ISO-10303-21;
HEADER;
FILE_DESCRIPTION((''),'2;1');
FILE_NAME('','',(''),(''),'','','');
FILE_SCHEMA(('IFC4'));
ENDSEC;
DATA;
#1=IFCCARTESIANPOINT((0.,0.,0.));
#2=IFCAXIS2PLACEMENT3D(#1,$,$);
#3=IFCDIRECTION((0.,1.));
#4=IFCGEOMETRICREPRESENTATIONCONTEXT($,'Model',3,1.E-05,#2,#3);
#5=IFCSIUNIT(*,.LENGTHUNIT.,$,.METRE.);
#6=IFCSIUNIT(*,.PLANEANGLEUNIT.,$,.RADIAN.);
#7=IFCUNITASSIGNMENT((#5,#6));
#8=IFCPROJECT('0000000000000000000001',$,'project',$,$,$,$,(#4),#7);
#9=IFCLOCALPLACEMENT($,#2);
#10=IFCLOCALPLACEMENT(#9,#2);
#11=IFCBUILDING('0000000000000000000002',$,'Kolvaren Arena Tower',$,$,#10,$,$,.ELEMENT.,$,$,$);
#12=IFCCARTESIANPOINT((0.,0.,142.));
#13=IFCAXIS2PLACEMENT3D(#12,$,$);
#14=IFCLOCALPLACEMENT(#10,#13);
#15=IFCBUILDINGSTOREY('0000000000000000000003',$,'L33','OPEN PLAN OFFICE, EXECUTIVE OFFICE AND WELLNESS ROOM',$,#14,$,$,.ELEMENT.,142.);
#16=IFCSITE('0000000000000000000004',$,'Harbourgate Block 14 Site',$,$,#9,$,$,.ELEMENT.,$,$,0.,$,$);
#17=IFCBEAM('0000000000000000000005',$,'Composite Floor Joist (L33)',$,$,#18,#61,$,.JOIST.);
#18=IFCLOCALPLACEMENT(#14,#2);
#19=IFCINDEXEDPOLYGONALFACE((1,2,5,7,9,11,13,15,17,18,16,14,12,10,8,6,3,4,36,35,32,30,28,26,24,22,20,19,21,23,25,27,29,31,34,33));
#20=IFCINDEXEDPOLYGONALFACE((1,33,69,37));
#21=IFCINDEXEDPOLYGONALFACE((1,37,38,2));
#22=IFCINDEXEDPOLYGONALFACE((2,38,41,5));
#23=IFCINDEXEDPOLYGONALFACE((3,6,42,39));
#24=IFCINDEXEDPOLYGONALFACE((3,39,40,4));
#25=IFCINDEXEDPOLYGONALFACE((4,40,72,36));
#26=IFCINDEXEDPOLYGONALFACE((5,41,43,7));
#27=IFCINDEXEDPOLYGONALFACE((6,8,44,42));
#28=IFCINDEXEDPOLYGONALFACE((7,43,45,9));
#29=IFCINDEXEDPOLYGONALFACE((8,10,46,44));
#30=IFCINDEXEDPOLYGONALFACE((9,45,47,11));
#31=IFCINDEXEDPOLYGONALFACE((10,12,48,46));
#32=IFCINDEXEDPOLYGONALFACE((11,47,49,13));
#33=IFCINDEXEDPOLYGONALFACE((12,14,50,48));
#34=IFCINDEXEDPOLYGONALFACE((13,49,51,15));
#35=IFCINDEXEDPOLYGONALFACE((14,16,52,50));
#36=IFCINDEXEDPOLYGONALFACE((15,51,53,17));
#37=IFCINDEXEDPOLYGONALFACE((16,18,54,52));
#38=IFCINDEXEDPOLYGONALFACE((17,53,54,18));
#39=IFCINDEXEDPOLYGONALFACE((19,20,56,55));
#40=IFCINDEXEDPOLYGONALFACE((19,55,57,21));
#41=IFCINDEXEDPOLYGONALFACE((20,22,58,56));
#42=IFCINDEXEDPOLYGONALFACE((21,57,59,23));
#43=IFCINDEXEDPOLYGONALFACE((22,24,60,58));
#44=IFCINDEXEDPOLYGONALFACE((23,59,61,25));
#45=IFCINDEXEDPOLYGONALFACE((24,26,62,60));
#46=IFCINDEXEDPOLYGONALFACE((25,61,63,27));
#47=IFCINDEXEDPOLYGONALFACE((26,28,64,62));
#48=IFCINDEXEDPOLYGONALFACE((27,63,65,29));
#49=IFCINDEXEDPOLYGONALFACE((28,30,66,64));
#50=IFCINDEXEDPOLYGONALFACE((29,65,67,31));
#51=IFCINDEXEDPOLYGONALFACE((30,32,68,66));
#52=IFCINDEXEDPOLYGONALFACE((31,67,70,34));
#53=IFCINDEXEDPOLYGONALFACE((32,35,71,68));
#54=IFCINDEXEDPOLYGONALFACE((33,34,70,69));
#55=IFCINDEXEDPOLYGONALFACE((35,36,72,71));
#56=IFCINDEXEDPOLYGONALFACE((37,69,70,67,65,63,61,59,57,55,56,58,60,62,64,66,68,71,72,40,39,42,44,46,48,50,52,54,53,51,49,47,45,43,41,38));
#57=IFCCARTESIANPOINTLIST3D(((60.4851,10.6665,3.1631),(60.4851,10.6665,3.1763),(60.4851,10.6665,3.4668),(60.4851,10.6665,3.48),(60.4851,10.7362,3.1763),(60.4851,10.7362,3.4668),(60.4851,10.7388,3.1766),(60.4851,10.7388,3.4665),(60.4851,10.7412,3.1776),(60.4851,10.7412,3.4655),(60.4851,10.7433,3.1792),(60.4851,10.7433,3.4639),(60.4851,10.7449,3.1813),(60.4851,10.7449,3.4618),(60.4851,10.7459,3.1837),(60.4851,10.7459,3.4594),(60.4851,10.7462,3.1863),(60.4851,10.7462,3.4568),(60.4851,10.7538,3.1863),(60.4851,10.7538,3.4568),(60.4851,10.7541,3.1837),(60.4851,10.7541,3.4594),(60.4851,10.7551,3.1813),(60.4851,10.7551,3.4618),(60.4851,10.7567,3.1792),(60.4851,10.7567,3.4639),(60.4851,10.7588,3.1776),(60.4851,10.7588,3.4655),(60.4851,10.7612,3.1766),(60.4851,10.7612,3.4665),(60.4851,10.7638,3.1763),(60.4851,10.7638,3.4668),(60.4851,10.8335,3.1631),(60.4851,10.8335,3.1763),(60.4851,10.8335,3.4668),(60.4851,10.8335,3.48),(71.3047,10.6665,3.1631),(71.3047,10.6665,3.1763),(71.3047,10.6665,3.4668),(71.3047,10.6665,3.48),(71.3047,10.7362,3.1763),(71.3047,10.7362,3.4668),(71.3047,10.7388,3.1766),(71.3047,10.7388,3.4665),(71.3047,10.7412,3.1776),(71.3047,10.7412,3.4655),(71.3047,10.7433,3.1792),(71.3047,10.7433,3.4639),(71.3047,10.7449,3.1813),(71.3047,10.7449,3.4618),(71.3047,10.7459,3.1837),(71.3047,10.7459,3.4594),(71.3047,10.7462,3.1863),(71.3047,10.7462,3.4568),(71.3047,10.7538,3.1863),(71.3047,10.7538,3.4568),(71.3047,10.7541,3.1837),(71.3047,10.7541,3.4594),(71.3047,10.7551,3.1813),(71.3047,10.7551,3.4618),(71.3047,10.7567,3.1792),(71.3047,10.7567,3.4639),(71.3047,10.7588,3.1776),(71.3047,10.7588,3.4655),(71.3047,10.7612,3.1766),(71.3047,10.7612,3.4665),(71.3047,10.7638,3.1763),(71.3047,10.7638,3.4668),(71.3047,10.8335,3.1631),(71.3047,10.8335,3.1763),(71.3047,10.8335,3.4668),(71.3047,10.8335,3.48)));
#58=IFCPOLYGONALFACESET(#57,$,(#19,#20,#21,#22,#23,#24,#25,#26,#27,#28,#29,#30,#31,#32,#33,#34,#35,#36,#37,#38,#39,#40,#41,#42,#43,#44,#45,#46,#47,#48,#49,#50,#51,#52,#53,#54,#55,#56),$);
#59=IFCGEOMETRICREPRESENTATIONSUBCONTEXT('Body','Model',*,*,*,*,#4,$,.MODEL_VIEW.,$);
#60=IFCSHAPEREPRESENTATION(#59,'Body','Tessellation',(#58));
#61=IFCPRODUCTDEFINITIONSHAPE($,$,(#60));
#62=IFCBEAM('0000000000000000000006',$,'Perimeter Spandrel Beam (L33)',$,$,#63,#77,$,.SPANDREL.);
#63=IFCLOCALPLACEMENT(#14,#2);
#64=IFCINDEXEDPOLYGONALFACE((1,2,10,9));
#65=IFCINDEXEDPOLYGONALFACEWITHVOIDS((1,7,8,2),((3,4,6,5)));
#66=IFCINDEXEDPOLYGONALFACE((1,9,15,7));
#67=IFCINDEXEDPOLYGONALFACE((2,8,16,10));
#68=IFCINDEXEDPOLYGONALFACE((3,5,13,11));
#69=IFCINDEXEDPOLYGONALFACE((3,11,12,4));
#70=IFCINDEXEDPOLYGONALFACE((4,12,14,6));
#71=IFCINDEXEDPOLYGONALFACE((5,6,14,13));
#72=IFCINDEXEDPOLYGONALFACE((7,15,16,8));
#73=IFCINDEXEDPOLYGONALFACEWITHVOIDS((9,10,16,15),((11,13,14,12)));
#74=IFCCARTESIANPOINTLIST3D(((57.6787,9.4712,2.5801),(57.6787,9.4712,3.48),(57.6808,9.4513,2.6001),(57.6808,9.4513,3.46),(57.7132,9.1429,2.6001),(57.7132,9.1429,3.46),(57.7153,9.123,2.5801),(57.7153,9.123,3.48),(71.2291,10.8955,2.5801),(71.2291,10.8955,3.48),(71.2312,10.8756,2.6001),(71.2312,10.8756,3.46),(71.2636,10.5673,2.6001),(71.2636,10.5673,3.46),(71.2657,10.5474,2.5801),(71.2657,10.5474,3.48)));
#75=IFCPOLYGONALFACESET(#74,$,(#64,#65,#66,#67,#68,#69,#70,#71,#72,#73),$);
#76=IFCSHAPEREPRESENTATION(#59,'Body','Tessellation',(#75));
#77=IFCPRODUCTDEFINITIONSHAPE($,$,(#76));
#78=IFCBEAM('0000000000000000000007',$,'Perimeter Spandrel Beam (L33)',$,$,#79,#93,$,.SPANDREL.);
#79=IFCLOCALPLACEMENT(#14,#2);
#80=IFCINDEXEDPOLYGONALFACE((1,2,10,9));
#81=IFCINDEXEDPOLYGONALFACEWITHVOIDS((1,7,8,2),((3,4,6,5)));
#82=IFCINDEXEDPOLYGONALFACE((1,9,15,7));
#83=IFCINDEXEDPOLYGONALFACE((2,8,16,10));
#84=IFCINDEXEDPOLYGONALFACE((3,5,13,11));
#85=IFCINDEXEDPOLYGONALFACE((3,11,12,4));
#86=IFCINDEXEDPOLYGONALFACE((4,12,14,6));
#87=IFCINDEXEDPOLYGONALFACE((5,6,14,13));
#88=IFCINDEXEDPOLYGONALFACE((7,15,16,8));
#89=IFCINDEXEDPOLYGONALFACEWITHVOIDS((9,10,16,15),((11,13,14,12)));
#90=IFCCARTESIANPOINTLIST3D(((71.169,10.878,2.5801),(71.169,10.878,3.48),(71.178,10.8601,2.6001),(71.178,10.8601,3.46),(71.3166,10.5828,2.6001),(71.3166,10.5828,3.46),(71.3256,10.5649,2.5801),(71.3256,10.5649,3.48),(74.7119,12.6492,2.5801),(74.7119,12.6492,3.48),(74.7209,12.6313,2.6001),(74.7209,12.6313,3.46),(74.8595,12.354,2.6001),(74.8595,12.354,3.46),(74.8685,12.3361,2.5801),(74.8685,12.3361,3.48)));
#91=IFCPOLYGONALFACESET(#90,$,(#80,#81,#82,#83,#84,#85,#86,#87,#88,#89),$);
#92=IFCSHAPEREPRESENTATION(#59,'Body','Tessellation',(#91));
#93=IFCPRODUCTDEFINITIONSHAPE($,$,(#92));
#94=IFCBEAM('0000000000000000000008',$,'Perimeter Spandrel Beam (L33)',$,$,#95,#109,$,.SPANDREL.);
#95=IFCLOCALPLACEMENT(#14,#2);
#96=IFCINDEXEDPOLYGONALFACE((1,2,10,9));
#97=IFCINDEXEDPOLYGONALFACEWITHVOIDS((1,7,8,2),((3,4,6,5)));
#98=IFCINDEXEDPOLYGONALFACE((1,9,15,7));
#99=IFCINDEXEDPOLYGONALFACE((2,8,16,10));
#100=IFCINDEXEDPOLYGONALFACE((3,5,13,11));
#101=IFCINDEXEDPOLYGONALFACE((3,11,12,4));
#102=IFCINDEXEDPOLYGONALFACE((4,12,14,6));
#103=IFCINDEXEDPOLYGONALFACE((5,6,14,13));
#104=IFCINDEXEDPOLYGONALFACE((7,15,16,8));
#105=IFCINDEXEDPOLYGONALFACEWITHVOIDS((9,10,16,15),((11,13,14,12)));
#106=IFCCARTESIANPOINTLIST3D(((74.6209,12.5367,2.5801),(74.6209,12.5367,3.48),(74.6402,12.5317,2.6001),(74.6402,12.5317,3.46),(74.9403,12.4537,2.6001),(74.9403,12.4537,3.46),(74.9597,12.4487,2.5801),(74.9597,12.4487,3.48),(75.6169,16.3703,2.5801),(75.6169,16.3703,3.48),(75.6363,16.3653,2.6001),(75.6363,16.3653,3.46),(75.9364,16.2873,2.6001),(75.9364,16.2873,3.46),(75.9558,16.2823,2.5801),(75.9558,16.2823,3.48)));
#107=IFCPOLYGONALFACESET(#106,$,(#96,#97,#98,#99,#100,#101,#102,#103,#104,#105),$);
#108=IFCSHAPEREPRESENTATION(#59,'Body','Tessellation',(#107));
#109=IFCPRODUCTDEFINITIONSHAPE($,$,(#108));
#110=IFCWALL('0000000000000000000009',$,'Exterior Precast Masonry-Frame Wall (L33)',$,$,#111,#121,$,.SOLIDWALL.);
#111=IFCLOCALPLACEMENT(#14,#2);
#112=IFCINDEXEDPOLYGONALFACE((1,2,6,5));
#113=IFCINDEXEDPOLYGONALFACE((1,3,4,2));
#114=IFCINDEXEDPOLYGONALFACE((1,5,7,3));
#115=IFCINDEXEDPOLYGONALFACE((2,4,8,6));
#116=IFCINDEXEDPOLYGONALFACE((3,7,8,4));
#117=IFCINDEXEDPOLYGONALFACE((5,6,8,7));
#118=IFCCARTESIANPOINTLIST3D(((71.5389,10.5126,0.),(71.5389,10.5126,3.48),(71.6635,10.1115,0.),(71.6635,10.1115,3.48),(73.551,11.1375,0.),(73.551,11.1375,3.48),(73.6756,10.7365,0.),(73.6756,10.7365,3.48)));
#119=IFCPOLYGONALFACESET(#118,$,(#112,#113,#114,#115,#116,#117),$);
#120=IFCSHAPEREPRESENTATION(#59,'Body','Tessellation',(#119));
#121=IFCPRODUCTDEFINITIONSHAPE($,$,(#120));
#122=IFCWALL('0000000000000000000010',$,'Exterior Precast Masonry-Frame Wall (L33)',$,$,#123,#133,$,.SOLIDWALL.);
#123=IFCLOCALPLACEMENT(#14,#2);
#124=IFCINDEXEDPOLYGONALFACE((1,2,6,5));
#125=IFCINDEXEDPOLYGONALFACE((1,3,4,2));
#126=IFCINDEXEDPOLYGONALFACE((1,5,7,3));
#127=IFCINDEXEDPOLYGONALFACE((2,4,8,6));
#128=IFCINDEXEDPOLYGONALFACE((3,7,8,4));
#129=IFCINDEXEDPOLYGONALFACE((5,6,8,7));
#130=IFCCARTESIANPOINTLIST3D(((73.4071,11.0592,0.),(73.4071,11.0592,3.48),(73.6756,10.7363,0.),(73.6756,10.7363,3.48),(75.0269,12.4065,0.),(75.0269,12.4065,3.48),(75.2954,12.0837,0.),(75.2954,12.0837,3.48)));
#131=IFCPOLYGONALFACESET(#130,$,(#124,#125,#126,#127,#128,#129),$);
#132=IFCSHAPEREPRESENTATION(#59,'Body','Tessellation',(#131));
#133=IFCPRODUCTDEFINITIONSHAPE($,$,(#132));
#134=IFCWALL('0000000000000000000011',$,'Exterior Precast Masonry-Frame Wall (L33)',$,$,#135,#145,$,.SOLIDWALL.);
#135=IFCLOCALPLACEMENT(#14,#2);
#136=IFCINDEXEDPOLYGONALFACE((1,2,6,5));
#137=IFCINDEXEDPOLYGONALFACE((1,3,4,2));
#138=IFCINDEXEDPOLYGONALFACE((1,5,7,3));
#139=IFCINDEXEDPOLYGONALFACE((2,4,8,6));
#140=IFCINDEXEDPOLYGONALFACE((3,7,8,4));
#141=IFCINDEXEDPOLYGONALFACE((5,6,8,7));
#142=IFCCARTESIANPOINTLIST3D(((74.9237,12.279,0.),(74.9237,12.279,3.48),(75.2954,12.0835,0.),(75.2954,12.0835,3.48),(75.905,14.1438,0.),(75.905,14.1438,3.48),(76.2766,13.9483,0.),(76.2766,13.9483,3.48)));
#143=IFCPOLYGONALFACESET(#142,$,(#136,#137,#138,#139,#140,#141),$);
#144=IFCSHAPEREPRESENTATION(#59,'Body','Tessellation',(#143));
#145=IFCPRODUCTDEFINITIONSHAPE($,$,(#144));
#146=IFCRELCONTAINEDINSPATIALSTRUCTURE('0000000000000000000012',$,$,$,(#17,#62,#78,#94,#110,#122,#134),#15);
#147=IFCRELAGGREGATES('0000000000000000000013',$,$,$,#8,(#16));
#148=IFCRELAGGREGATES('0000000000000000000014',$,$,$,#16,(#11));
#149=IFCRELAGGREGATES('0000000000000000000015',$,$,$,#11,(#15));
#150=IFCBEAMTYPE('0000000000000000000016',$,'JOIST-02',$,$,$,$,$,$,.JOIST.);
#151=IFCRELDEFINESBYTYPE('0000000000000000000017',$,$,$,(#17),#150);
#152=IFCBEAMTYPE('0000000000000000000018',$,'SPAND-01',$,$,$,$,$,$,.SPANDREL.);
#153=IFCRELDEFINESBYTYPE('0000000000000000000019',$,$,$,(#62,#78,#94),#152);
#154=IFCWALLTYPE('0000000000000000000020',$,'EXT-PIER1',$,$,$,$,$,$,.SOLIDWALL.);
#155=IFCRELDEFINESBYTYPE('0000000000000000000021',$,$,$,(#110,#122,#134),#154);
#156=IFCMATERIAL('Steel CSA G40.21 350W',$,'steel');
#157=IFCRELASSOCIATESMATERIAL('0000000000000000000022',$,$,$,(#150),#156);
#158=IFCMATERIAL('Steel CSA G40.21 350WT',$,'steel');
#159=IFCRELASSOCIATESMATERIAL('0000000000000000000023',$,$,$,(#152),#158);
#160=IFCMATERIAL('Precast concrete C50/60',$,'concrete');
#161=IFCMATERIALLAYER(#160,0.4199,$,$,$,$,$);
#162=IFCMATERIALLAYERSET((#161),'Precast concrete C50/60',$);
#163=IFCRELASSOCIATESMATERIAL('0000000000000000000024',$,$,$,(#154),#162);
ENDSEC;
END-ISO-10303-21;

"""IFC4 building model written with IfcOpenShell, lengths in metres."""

from ifc_helpers import new_model, si_unit, direction, frame, frame_2d, origin, origin_2d, place, context, subcontext, project, spatial, rectangle, hollow_rectangle, i_section, extrude, material, layer, layer_set, material_profile, profile_set, type_object, element, save


model = new_model("IFC4")

# Units and contexts
model_context = context("Model", 3, precision=1e-05, world=origin(), true_north=direction((0.0, 1.0)))
body_context = subcontext(model_context, "Body", "Model", "MODEL_VIEW")
ifc_project = project(units=[si_unit("LENGTHUNIT", "METRE"), si_unit("PLANEANGLEUNIT", "RADIAN")], contexts=[model_context])

# Site, building, storey
site_placement = place(None, origin())
site = spatial("IfcSite", under=ifc_project, at=site_placement, Name="Harbourgate Block 14 Site", CompositionType="ELEMENT", RefElevation=0.0)
building_placement = place(site_placement, origin())
building = spatial("IfcBuilding", under=site, at=building_placement, Name="Kolvaren Arena Tower", CompositionType="ELEMENT")
storey_placement = place(building_placement, frame((0.0, 0.0, 142.0)))
storey = spatial("IfcBuildingStorey", under=building, at=storey_placement, Name="L33", Description="OPEN PLAN OFFICE, EXECUTIVE OFFICE AND WELLNESS ROOM", CompositionType="ELEMENT", Elevation=142.0)

# Beams
ifc_material_1 = material(Name="Steel CSA G40.21 350W", Category="steel")
ifc_material_profile_1 = material_profile(ifc_material_1, i_section(OverallWidth=0.167, OverallDepth=0.3169, WebThickness=0.0076, FlangeThickness=0.0132, FilletRadius=0.01, at=origin_2d()), Name="W310x52")
ifc_profile_set_1 = profile_set([ifc_material_profile_1], Name="Steel CSA G40.21 350W")
beam_type_1 = type_object("IfcBeamType", Name="JOIST-02", PredefinedType="JOIST", material=ifc_profile_set_1)
beam_1_placement = place(storey_placement, frame((60.4851, 10.75, 3.3215), z_axis=(1.0, 0.0, 0.0), x_axis=(0.0, 1.0, 0.0)))
element("IfcBeam", 1, at=beam_1_placement, inside=storey, type_object=beam_type_1, Name="Composite Floor Joist (L33)", PredefinedType="JOIST", context=body_context, shape_type="SweptSolid", body=[
    extrude(i_section(OverallWidth=0.167, OverallDepth=0.3169, WebThickness=0.0076, FlangeThickness=0.0132, FilletRadius=0.01, at=origin_2d()), origin(), (0.0, 0.0, 1.0), 10.8196),
])
ifc_material_2 = material(Name="Steel CSA G40.21 350WT", Category="steel")
ifc_material_profile_2 = material_profile(ifc_material_2, hollow_rectangle(XDim=0.3501, YDim=0.8999, WallThickness=0.02, at=origin_2d()), Name="HSS 900x350x20")
ifc_profile_set_2 = profile_set([ifc_material_profile_2], Name="Steel CSA G40.21 350WT")
beam_type_2 = type_object("IfcBeamType", Name="SPAND-01", PredefinedType="SPANDREL", material=ifc_profile_set_2)
beam_2_placement = place(storey_placement, frame((57.697, 9.2971, 3.03), z_axis=(0.994521, 0.104537, 0.0), x_axis=(-0.104537, 0.994521, 0.0)))
element("IfcBeam", 2, at=beam_2_placement, inside=storey, type_object=beam_type_2, Name="Perimeter Spandrel Beam (L33)", PredefinedType="SPANDREL", context=body_context, shape_type="SweptSolid", body=[
    extrude(hollow_rectangle(XDim=0.3501, YDim=0.8999, WallThickness=0.02, at=origin_2d()), origin(), (0.0, 0.0, 1.0), 13.625),
])
for number, where, z_axis, x_axis, name in (
    (3, (71.2473, 10.7214, 3.03), (0.894452, 0.447164, 0.0), (-0.447164, 0.894452, 0.0), "Perimeter Spandrel Beam (L33)"),
    (4, (74.7903, 12.4927, 3.03), (0.251473, 0.967864, 0.0), (-0.967864, 0.251473, 0.0), "Perimeter Spandrel Beam (L33)"),
):
    element("IfcBeam", number, at=place(storey_placement, frame(where, z_axis=z_axis, x_axis=x_axis)), inside=storey, type_object=beam_type_2, Name=name, PredefinedType="SPANDREL", context=body_context, shape_type="SweptSolid", body=[
        extrude(hollow_rectangle(XDim=0.3501, YDim=0.8999, WallThickness=0.02, at=origin_2d()), origin(), (0.0, 0.0, 1.0), 3.9609),
    ])

# Walls
ifc_material_3 = material(Name="Precast concrete C50/60", Category="concrete")
ifc_layer_1 = layer(ifc_material_3, 0.4199)
ifc_layer_set_1 = layer_set([ifc_layer_1], Name="Precast concrete C50/60")
wall_type_1 = type_object("IfcWallType", Name="EXT-PIER1", PredefinedType="SOLIDWALL", material=ifc_layer_set_1)
for number, where, z_axis, x_axis, name in (
    (5, (73.6133, 10.937, 0.0), (0.0, 0.0, 1.0), (-0.954994, -0.296625, 0.0), "Exterior Precast Masonry-Frame Wall (L33)"),
    (6, (75.1611, 12.2451, 0.0), (0.0, 0.0, 1.0), (-0.7688, -0.639489, 0.0), "Exterior Precast Masonry-Frame Wall (L33)"),
):
    element("IfcWall", number, at=place(storey_placement, frame(where, z_axis=z_axis, x_axis=x_axis)), inside=storey, type_object=wall_type_1, Name=name, PredefinedType="SOLIDWALL", context=body_context, shape_type="SweptSolid", body=[
        extrude(rectangle(XDim=2.1069, YDim=0.4199, at=frame_2d((1.0535, 0.0))), origin(), (0.0, 0.0, 1.0), 3.48),
    ])
wall_1_placement = place(storey_placement, frame((76.0908, 14.0461, 0.0), z_axis=(0.0, 0.0, 1.0), x_axis=(-0.465656, -0.884966, 0.0)))
element("IfcWall", 7, at=wall_1_placement, inside=storey, type_object=wall_type_1, Name="Exterior Precast Masonry-Frame Wall (L33)", PredefinedType="SOLIDWALL", context=body_context, shape_type="SweptSolid", body=[
    extrude(rectangle(XDim=2.1072, YDim=0.4199, at=frame_2d((1.0537, 0.0))), origin(), (0.0, 0.0, 1.0), 3.48),
])

save(model, "model.ifc")
